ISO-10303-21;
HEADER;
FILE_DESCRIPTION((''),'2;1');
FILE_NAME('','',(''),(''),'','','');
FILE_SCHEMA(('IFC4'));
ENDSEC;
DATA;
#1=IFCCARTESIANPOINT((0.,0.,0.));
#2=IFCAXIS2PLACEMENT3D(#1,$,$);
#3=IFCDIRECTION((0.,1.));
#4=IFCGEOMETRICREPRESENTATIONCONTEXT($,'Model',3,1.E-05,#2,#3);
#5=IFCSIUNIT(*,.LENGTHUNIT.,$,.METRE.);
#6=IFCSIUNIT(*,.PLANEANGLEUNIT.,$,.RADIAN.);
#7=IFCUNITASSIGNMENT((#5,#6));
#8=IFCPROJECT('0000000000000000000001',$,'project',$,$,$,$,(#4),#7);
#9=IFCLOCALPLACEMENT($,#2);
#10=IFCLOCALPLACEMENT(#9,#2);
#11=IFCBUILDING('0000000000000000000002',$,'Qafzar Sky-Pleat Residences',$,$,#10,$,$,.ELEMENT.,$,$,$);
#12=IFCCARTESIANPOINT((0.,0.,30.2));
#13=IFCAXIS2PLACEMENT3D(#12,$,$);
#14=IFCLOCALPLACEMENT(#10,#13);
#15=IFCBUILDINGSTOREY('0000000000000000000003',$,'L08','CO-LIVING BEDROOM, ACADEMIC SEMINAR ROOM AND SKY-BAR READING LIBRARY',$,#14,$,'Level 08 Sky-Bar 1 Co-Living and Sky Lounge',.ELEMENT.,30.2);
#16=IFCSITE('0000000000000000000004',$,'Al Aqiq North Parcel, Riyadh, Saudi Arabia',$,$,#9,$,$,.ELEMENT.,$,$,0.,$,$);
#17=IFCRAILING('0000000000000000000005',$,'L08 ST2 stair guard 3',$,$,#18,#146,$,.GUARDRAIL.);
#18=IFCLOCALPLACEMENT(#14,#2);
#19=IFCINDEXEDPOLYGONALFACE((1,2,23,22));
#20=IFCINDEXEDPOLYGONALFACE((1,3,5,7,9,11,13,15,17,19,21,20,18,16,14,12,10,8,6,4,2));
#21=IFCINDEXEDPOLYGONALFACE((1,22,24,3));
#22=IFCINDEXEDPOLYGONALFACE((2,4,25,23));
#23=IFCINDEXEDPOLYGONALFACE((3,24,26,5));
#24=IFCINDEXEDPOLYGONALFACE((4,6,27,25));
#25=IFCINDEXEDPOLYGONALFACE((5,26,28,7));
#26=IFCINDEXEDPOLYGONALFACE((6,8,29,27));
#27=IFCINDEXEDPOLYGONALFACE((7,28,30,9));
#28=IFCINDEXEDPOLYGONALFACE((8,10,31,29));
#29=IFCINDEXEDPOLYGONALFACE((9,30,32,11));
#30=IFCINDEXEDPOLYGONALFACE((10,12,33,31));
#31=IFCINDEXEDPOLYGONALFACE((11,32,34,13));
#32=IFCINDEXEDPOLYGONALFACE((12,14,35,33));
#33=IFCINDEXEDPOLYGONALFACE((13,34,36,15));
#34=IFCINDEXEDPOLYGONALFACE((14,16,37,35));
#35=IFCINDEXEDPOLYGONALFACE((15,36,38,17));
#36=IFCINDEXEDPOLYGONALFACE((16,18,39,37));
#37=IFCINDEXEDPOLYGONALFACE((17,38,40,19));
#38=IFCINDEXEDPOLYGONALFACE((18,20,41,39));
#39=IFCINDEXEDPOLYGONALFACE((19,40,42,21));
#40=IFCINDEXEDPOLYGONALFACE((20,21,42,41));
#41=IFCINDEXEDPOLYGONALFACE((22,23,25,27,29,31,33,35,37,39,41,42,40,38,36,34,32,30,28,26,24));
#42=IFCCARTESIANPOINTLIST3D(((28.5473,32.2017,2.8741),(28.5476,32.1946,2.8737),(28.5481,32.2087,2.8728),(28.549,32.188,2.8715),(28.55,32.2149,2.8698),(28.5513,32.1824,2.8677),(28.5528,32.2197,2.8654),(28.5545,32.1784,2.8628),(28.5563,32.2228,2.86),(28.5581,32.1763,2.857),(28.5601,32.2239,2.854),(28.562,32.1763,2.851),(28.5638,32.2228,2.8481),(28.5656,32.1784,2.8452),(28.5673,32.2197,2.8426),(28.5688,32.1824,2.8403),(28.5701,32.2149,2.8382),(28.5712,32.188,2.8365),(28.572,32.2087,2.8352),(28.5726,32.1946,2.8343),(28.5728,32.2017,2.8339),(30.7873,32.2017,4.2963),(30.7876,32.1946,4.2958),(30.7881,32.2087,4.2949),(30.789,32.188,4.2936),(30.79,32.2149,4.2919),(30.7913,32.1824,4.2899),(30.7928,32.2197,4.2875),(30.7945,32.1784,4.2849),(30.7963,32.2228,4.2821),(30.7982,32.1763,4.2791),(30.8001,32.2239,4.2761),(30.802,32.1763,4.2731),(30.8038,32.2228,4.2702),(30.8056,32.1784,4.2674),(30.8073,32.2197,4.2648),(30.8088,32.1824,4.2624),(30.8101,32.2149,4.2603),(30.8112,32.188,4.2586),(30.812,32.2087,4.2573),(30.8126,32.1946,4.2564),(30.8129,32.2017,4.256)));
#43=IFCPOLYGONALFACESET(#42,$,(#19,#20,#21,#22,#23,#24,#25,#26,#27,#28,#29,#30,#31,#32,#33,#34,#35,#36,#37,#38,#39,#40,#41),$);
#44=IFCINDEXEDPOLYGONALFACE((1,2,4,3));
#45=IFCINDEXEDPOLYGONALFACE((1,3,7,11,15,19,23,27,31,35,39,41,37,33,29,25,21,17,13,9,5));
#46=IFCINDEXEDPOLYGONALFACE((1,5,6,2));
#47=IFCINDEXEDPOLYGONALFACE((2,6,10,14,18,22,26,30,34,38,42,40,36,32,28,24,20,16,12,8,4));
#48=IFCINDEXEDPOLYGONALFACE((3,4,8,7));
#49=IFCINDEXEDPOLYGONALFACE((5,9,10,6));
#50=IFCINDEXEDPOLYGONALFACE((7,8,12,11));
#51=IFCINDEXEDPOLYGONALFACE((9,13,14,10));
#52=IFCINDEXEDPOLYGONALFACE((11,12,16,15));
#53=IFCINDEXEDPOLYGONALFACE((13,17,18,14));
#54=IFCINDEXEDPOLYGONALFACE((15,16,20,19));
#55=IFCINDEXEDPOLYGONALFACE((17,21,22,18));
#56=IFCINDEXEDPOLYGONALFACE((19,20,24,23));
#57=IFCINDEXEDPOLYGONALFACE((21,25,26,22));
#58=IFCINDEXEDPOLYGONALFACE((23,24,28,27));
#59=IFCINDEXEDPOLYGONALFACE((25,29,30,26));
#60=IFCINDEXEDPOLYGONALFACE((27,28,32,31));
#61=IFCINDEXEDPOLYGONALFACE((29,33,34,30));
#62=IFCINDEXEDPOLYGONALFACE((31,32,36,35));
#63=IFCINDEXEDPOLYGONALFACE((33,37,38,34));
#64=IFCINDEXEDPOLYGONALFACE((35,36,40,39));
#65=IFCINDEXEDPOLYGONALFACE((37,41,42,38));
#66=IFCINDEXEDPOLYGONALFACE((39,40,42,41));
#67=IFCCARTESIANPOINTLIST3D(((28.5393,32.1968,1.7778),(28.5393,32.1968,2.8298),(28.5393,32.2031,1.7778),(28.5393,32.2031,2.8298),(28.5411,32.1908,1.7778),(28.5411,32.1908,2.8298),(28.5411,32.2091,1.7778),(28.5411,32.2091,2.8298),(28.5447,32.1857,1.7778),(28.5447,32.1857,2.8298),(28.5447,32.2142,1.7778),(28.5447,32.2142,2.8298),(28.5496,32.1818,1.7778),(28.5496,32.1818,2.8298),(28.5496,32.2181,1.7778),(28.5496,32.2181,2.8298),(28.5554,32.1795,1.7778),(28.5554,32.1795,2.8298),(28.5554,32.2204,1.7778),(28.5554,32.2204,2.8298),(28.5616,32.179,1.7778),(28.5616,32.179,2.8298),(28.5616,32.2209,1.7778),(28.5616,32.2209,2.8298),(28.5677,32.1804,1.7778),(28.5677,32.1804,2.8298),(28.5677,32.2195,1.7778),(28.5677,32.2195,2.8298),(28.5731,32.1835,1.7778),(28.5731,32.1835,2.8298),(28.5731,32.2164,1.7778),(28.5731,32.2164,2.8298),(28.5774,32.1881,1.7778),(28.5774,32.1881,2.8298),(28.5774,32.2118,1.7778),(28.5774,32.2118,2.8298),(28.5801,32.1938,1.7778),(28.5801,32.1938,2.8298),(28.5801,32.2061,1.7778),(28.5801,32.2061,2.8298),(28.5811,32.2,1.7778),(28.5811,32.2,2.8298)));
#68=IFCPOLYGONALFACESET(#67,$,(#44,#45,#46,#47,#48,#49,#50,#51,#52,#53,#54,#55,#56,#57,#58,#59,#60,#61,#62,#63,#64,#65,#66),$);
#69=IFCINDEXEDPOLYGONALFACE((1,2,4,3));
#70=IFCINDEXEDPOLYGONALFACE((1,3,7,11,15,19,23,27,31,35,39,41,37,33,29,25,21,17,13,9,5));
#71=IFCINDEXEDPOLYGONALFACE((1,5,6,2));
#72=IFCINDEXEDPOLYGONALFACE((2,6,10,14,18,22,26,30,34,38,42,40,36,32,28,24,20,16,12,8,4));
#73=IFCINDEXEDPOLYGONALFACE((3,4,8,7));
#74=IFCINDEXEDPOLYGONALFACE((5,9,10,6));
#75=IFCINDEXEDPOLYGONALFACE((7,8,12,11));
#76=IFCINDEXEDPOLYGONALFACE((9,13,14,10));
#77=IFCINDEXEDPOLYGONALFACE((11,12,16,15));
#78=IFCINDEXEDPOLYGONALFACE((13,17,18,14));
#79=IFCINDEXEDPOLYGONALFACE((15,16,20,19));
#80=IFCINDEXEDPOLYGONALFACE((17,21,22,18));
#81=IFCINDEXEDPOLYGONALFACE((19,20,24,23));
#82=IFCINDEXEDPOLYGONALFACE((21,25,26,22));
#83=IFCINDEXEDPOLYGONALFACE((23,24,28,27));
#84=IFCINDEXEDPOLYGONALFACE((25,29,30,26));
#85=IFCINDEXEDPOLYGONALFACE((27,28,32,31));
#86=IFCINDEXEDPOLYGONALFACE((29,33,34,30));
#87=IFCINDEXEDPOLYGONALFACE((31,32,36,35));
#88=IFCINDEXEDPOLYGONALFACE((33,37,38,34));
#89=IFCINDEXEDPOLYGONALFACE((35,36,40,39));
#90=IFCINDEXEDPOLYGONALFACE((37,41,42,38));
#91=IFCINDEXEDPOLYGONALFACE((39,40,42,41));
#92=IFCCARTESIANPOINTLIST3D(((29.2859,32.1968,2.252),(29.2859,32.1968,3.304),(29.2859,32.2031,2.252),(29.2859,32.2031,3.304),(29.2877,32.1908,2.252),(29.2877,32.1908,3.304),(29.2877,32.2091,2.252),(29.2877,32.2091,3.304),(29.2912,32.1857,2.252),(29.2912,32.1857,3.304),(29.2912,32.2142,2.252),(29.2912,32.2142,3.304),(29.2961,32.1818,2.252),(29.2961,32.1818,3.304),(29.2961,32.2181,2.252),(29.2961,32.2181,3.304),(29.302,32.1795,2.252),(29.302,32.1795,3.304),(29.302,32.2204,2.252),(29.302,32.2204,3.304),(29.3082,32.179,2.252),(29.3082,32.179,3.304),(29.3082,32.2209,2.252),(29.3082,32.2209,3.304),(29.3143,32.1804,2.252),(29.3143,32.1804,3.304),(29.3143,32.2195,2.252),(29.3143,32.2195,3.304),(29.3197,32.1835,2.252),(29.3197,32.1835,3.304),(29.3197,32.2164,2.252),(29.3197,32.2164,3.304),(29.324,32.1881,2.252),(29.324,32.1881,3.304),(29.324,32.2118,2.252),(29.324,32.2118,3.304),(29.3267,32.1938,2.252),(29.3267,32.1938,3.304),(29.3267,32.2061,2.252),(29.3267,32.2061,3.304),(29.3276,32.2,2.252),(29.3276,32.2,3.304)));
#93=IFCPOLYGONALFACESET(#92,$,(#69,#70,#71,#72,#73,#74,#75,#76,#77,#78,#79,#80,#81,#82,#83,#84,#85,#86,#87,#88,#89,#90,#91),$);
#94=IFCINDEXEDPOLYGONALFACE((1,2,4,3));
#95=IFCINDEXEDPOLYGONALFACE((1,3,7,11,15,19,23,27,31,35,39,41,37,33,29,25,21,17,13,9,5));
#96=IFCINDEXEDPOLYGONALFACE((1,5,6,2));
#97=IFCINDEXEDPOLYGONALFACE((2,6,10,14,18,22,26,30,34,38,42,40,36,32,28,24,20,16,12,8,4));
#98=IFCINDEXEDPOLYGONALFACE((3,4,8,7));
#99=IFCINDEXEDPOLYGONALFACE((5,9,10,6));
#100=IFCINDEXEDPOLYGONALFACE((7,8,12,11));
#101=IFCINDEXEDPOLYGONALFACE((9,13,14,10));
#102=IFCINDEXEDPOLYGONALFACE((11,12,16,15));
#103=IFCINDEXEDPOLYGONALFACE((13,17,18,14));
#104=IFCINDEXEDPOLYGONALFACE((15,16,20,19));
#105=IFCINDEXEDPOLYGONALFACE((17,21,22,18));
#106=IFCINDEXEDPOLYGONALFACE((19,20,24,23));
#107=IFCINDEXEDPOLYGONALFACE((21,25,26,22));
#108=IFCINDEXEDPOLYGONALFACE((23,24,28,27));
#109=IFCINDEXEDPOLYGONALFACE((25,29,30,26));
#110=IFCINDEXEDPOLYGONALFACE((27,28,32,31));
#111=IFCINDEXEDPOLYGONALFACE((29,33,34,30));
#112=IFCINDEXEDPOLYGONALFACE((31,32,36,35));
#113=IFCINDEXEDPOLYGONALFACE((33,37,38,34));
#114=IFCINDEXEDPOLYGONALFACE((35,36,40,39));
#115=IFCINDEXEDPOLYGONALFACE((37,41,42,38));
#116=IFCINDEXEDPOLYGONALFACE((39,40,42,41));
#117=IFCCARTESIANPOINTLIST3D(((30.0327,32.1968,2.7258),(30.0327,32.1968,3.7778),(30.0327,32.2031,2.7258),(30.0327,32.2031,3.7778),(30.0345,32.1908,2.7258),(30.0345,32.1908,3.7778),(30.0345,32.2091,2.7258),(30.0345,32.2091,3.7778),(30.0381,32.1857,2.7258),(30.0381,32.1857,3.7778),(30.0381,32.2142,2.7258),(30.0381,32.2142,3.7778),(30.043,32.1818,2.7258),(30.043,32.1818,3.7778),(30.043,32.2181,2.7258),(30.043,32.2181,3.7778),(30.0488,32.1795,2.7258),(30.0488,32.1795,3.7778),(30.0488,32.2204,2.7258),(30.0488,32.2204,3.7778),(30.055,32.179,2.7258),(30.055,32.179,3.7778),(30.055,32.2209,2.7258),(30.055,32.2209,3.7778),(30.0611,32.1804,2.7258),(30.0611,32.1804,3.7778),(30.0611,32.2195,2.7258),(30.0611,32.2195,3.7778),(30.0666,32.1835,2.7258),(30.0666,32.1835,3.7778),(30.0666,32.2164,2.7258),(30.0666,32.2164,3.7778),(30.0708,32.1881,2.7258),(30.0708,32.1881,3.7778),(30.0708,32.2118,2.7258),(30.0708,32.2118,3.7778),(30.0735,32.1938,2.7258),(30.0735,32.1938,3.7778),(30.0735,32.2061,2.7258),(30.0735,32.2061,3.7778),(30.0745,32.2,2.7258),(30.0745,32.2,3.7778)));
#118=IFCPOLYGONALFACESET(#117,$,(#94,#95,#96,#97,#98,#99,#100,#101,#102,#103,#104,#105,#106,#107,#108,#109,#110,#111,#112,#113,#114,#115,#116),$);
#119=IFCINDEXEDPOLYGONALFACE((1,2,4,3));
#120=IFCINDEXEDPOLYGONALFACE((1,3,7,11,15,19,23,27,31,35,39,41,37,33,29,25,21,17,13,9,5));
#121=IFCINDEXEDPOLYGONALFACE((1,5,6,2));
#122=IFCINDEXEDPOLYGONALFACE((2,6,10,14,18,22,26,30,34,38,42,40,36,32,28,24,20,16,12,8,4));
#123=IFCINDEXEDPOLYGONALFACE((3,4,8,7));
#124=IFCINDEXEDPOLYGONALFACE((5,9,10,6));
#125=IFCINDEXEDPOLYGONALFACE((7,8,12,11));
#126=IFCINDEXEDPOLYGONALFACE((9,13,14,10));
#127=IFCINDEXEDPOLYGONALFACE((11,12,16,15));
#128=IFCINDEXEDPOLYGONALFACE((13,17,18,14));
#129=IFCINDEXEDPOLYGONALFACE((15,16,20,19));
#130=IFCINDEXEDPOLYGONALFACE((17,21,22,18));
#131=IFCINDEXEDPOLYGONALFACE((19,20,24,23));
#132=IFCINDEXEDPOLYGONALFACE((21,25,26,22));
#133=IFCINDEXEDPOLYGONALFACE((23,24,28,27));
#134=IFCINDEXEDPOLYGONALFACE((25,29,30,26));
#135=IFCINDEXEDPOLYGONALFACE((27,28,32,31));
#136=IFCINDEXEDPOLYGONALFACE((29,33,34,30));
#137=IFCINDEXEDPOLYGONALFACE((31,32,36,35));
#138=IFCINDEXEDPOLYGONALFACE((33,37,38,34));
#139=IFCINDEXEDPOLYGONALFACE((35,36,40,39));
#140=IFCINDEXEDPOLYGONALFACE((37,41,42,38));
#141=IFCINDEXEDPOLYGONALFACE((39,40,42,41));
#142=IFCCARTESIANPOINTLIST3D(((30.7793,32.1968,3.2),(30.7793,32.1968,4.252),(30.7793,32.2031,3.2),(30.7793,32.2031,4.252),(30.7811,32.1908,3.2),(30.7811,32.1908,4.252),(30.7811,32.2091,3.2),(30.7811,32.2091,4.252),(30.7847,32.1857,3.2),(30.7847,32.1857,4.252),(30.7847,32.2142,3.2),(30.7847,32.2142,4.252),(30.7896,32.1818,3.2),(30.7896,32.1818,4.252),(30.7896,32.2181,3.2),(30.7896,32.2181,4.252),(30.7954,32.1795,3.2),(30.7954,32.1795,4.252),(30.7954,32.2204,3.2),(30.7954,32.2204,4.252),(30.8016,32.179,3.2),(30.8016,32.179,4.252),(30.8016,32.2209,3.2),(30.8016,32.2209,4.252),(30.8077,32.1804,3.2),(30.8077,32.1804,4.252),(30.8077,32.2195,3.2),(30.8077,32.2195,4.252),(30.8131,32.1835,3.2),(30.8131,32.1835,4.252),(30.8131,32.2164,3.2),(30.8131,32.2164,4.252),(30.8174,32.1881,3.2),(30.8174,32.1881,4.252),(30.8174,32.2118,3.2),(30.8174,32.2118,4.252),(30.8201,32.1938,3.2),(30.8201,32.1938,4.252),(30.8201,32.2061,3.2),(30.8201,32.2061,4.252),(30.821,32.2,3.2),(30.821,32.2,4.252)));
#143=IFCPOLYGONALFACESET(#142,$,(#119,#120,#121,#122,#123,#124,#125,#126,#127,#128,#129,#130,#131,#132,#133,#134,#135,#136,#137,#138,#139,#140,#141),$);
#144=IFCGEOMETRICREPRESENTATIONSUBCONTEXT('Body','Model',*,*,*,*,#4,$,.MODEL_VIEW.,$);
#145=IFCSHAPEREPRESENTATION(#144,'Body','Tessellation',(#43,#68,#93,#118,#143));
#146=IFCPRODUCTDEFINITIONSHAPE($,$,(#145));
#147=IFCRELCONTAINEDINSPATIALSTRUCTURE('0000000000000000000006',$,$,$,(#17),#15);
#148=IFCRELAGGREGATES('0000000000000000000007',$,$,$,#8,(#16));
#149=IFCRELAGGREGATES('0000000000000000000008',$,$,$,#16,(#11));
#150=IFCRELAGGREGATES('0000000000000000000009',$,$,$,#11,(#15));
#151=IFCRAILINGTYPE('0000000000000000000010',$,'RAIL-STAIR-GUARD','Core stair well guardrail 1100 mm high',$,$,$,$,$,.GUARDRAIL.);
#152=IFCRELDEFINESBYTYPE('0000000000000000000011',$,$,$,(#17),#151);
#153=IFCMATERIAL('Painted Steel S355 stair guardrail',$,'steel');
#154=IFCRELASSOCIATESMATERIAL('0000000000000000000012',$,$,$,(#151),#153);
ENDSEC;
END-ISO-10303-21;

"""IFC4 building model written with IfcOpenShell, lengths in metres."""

from ifc_helpers import new_model, si_unit, direction, frame, origin, origin_2d, place, context, subcontext, project, spatial, circle, extrude, source, transform, mapped, material, type_object, element, save


model = new_model("IFC4")

# Units and contexts
model_context = context("Model", 3, precision=1e-05, world=origin(), true_north=direction((0.0, 1.0)))
body_context = subcontext(model_context, "Body", "Model", "MODEL_VIEW")
ifc_project = project(units=[si_unit("LENGTHUNIT", "METRE"), si_unit("PLANEANGLEUNIT", "RADIAN")], contexts=[model_context])

# Site, building, storey
site_placement = place(None, origin())
site = spatial("IfcSite", under=ifc_project, at=site_placement, Name="Al Aqiq North Parcel, Riyadh, Saudi Arabia", CompositionType="ELEMENT", RefElevation=0.0)
building_placement = place(site_placement, origin())
building = spatial("IfcBuilding", under=site, at=building_placement, Name="Qafzar Sky-Pleat Residences", CompositionType="ELEMENT")
storey_placement = place(building_placement, frame((0.0, 0.0, 30.2)))
storey = spatial("IfcBuildingStorey", under=building, at=storey_placement, Name="L08", Description="CO-LIVING BEDROOM, ACADEMIC SEMINAR ROOM AND SKY-BAR READING LIBRARY", LongName="Level 08 Sky-Bar 1 Co-Living and Sky Lounge", CompositionType="ELEMENT", Elevation=30.2)

# Railing
ifc_material_1 = material(Name="Painted Steel S355 stair guardrail", Category="steel")
railing_type_1 = type_object("IfcRailingType", Name="RAIL-STAIR-GUARD", Description="Core stair well guardrail 1100 mm high", PredefinedType="GUARDRAIL", material=ifc_material_1)
shared_shape_1 = source(origin(), body_context, "Body", "SweptSolid", [
    extrude(circle(Radius=0.0239, at=origin_2d()), frame((0.0, 0.0, 1.0762), z_axis=(0.844229, 0.0, 0.535982), x_axis=(0.0, 1.0, 0.0)), (0.0, 0.0, 1.0), 2.6533),
    extrude(circle(Radius=0.021, at=origin_2d()), origin(), (0.0, 0.0, 1.0), 1.052),
    extrude(circle(Radius=0.021, at=origin_2d()), frame((0.7466, 0.0, 0.4741)), (0.0, 0.0, 1.0), 1.052),
    extrude(circle(Radius=0.021, at=origin_2d()), frame((1.4934, 0.0, 0.948)), (0.0, 0.0, 1.0), 1.052),
    extrude(circle(Radius=0.021, at=origin_2d()), frame((2.24, 0.0, 1.4221)), (0.0, 0.0, 1.0), 1.052),
])
railing_1_placement = place(storey_placement, frame((28.5601, 32.2, 1.7778)))
element("IfcRailing", 1, at=railing_1_placement, inside=storey, type_object=railing_type_1, Name="L08 ST2 stair guard 3", PredefinedType="GUARDRAIL", context=body_context, shape_type="MappedRepresentation", body=[
    mapped(shared_shape_1, transform((0.0, 0.0, 0.0), x_axis=(1.0, 0.0, 0.0), y_axis=(0.0, 1.0, 0.0), z_axis=(0.0, 0.0, 1.0), scale=1.0)),
])

save(model, "model.ifc")
